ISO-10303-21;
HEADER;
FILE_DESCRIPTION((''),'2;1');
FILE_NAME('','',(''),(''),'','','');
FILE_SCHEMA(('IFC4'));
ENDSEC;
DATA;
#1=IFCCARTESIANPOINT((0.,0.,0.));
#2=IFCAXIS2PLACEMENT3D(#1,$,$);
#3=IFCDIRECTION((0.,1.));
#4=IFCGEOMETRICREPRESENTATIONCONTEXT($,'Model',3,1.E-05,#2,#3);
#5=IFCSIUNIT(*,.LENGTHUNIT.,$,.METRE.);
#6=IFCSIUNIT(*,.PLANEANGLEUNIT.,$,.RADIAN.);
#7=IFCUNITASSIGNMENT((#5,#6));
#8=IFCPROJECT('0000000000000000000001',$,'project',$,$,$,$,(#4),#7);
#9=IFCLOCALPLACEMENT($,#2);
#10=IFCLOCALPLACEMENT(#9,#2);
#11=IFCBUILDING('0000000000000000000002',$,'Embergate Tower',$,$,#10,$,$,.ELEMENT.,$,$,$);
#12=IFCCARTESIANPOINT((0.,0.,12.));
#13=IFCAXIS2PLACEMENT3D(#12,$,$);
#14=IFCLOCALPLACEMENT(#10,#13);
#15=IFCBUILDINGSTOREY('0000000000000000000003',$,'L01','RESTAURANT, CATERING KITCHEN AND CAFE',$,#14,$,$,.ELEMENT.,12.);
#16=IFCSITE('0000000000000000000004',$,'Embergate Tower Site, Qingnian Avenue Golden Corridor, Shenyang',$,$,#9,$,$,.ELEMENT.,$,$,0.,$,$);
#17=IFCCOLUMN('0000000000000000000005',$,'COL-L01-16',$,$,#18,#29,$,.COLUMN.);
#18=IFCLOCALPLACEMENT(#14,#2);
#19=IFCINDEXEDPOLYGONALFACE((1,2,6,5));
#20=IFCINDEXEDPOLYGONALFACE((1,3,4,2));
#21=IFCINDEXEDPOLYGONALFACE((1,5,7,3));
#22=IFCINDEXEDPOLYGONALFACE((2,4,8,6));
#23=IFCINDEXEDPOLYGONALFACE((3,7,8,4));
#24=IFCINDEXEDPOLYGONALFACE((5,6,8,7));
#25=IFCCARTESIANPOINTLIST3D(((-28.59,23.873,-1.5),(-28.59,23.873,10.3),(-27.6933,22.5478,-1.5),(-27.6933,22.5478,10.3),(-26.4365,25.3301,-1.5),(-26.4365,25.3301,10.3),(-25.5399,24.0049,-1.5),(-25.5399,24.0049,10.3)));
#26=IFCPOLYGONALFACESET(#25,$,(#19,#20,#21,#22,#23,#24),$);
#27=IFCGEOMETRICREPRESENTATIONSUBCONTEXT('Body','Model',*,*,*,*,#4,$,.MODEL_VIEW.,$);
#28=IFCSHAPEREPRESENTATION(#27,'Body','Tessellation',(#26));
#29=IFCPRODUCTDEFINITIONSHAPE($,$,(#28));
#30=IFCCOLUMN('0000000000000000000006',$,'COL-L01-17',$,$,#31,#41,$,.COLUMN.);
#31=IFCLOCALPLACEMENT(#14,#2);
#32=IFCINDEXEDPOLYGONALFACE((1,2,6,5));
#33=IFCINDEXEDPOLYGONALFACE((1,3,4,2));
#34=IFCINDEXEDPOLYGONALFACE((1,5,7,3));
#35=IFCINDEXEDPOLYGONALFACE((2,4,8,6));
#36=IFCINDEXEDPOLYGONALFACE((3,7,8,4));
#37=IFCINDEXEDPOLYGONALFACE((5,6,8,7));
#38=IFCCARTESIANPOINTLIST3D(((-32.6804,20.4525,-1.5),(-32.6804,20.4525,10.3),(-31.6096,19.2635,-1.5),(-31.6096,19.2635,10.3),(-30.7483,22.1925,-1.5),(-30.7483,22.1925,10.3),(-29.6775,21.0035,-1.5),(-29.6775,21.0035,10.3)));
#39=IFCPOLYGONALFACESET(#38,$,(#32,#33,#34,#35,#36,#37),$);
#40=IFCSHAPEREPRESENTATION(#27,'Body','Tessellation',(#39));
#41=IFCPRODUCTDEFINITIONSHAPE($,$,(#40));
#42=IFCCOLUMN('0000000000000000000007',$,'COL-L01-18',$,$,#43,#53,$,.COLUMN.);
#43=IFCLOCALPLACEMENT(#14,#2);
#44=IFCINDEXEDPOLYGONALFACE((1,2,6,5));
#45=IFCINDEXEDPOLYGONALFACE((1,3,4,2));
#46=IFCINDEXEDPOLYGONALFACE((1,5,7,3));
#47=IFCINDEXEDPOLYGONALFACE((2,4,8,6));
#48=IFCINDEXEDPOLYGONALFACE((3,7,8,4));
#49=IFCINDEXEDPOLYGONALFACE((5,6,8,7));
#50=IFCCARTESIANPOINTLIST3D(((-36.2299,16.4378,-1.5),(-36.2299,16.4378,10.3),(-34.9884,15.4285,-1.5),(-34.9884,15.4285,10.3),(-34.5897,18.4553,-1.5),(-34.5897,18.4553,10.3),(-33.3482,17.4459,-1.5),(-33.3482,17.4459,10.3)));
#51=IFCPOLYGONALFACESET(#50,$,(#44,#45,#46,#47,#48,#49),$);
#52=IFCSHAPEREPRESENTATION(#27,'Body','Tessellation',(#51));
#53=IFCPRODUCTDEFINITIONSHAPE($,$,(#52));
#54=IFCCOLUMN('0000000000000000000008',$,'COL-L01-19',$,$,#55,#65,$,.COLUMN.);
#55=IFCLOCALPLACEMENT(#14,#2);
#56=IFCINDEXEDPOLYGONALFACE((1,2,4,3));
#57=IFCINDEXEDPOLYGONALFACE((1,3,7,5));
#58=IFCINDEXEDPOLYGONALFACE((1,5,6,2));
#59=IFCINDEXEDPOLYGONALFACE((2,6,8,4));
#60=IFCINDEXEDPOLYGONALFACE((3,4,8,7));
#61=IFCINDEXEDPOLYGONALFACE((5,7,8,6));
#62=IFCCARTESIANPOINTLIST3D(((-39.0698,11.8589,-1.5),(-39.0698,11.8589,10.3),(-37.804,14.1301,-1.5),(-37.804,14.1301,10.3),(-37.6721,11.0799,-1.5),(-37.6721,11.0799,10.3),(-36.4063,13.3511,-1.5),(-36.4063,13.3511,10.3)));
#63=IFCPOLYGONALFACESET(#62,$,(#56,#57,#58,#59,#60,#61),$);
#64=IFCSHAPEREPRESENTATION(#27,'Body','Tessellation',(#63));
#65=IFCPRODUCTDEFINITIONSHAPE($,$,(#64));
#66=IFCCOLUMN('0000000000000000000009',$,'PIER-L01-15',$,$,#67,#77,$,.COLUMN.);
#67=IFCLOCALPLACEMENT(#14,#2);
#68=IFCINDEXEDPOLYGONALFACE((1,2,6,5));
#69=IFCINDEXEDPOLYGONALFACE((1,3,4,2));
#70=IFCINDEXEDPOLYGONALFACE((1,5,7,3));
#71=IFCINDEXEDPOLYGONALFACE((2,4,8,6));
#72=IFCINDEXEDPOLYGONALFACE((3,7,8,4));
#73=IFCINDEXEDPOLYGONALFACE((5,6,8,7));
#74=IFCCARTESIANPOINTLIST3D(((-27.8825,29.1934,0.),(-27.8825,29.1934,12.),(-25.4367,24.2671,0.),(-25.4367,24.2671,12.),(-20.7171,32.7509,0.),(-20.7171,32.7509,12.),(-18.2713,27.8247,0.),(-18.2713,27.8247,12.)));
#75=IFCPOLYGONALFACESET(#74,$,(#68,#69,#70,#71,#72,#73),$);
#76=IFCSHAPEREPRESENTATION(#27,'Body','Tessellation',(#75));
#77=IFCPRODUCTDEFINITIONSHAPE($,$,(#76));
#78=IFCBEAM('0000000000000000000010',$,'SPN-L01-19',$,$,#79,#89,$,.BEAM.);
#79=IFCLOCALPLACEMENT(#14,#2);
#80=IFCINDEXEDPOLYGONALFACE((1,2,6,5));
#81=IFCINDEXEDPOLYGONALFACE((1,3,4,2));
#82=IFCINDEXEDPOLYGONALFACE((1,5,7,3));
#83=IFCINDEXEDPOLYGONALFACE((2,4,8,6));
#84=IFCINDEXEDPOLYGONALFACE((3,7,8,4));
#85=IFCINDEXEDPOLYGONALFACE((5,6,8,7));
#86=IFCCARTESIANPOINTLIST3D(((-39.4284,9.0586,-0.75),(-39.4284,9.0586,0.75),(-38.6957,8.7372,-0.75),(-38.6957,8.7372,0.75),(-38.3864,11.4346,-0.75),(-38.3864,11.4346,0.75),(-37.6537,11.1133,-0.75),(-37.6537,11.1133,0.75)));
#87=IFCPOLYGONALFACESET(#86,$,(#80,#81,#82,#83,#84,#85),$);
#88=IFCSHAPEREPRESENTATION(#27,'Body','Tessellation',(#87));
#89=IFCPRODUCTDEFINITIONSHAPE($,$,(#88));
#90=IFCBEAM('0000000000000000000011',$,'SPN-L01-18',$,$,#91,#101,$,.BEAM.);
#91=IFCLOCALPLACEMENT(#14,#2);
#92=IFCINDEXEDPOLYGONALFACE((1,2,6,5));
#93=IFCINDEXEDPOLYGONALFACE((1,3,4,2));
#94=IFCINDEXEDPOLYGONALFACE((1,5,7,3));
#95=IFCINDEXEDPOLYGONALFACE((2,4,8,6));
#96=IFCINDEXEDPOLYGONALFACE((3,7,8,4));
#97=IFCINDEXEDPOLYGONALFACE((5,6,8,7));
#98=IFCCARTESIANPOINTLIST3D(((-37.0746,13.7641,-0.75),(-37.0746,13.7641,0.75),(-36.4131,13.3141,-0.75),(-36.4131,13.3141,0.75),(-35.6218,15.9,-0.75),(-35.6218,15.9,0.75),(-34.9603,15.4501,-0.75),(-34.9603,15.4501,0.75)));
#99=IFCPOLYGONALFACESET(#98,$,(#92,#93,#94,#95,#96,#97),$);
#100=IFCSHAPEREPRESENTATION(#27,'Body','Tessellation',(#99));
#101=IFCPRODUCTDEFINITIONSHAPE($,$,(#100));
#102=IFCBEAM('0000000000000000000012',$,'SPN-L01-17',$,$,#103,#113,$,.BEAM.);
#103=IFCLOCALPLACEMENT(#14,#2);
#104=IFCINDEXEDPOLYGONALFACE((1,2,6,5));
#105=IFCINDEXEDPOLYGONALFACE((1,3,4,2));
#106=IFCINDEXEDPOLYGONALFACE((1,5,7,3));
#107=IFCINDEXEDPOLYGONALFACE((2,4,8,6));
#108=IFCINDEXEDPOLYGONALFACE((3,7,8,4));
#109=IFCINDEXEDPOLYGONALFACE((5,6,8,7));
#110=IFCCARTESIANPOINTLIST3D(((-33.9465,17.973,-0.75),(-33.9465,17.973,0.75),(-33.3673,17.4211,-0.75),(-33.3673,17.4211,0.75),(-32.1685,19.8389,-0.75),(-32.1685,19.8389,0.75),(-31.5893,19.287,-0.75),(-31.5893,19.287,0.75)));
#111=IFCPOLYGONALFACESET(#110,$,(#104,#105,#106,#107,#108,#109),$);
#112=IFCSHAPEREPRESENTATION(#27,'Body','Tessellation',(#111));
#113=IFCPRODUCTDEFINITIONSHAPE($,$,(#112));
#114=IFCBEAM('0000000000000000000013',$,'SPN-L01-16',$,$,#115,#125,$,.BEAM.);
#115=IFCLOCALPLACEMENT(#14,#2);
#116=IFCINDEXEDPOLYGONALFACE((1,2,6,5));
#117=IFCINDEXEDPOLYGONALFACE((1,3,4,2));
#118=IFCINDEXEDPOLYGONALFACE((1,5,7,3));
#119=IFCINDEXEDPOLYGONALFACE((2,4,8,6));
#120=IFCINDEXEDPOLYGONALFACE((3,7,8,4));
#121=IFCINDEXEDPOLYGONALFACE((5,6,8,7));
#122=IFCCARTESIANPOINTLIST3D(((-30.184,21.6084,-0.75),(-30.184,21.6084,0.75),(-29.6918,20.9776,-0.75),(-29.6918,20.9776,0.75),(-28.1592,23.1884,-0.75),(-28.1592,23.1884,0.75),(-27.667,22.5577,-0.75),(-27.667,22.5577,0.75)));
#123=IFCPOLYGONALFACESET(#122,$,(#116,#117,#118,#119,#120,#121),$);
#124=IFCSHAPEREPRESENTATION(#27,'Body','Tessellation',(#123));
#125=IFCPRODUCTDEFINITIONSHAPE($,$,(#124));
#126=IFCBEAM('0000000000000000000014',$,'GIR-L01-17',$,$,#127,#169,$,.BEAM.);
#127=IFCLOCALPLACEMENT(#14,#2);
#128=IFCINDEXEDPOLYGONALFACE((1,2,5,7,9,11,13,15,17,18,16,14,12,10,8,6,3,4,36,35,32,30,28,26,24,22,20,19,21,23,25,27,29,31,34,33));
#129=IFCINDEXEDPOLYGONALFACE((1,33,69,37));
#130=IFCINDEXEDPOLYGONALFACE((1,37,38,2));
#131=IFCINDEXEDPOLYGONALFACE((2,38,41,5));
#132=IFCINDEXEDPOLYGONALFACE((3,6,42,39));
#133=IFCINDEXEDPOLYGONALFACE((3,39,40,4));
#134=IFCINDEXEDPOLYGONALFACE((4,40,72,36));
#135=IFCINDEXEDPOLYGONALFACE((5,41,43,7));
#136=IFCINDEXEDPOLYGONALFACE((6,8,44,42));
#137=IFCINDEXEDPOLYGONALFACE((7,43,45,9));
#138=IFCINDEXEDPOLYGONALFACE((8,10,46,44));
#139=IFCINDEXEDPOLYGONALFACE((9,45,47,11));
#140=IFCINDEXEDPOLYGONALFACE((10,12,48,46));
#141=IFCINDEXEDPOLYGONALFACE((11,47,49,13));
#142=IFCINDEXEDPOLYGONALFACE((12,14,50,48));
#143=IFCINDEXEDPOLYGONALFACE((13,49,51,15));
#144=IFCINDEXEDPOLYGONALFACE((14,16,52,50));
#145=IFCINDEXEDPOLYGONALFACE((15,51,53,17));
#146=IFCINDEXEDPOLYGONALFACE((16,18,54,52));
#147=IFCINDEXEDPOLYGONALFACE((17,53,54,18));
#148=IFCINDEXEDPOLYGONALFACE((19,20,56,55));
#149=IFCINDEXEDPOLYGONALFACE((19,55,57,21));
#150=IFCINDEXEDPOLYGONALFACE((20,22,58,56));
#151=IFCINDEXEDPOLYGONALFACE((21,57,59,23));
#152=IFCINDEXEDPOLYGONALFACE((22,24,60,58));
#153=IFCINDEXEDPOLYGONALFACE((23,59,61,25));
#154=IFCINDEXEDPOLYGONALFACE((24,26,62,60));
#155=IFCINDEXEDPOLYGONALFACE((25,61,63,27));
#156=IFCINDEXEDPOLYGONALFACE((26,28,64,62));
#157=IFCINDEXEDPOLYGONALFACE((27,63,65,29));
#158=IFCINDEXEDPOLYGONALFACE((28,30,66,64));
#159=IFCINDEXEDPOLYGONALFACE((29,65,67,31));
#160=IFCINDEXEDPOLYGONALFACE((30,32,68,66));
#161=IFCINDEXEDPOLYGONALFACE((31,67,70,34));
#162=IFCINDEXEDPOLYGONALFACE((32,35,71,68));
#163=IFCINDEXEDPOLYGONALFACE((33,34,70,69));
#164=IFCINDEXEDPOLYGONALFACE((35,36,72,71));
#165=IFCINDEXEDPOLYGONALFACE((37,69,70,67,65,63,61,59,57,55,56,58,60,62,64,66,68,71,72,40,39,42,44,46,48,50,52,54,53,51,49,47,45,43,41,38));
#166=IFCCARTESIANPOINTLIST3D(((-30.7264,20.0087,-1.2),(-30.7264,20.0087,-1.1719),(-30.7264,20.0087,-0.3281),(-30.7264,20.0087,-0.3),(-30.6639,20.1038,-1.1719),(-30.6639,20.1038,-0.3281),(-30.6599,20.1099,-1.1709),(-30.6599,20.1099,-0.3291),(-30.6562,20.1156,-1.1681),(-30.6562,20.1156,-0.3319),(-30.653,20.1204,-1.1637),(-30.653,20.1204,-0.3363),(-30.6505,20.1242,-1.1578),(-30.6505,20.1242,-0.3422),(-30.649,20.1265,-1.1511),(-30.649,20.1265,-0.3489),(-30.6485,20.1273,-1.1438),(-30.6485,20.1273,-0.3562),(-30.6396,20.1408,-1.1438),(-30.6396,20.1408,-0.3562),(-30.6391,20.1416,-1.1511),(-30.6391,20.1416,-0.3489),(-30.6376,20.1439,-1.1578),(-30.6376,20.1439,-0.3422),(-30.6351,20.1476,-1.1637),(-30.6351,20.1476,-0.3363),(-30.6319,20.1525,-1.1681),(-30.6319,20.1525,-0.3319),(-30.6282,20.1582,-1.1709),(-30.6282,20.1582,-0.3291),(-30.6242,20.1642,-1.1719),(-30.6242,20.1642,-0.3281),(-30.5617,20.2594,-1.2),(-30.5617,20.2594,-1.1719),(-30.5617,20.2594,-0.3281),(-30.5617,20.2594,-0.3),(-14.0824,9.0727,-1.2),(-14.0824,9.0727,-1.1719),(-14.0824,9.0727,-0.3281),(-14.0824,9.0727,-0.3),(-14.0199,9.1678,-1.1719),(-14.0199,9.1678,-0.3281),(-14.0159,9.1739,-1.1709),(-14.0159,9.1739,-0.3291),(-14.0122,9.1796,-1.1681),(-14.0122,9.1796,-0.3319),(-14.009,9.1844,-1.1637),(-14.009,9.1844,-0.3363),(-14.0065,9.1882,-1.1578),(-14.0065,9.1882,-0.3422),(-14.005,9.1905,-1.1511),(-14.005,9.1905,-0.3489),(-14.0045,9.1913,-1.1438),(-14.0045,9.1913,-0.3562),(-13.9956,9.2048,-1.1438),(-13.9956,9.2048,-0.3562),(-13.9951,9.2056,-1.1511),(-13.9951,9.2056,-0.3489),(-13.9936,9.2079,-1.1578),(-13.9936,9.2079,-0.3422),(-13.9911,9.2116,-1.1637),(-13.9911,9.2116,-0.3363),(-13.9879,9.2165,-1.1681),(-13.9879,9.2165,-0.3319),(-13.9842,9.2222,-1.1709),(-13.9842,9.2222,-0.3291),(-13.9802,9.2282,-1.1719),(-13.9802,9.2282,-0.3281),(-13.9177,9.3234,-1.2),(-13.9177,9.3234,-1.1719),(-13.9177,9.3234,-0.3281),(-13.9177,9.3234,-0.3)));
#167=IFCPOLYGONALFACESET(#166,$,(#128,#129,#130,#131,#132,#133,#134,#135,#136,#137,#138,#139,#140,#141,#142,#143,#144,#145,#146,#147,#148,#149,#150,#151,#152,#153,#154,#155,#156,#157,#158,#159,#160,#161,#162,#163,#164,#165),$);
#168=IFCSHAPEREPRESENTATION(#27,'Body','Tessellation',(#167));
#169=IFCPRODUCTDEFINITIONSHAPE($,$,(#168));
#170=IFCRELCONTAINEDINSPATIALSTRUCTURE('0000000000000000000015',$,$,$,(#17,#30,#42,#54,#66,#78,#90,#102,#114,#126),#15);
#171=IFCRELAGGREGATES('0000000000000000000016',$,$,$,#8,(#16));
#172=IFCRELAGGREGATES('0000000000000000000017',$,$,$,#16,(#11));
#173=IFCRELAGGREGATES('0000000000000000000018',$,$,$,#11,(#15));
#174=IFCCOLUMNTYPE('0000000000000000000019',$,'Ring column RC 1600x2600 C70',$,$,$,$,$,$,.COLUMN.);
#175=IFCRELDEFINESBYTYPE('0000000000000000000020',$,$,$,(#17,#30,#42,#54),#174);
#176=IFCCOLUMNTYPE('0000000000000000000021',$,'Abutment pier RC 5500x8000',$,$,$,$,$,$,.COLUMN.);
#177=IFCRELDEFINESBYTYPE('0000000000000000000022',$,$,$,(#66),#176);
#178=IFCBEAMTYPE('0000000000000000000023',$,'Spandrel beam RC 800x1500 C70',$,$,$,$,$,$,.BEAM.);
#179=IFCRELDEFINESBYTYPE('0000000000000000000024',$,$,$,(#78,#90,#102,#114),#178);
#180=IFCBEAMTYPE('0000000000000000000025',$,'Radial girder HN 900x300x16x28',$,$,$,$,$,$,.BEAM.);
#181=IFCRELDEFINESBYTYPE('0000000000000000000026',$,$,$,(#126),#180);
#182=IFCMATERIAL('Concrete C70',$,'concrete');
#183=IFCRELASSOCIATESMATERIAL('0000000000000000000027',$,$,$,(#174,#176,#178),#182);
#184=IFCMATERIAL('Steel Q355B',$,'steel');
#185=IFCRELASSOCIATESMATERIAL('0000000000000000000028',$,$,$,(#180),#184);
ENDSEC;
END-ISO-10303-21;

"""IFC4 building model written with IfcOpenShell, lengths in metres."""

from ifc_helpers import new_model, si_unit, direction, frame, origin, origin_2d, place, context, subcontext, project, spatial, rectangle, i_section, extrude, source, transform, mapped, material, material_profile, profile_set, type_object, element, save


model = new_model("IFC4")

# Units and contexts
model_context = context("Model", 3, precision=1e-05, world=origin(), true_north=direction((0.0, 1.0)))
body_context = subcontext(model_context, "Body", "Model", "MODEL_VIEW")
ifc_project = project(units=[si_unit("LENGTHUNIT", "METRE"), si_unit("PLANEANGLEUNIT", "RADIAN")], contexts=[model_context])

# Site, building, storey
site_placement = place(None, origin())
site = spatial("IfcSite", under=ifc_project, at=site_placement, Name="Embergate Tower Site, Qingnian Avenue Golden Corridor, Shenyang", CompositionType="ELEMENT", RefElevation=0.0)
building_placement = place(site_placement, origin())
building = spatial("IfcBuilding", under=site, at=building_placement, Name="Embergate Tower", CompositionType="ELEMENT")
storey_placement = place(building_placement, frame((0.0, 0.0, 12.0)))
storey = spatial("IfcBuildingStorey", under=building, at=storey_placement, Name="L01", Description="RESTAURANT, CATERING KITCHEN AND CAFE", CompositionType="ELEMENT", Elevation=12.0)

# Columns
ifc_material_1 = material(Name="Concrete C70", Category="concrete")
ifc_material_profile_1 = material_profile(ifc_material_1, rectangle(XDim=1.6001, YDim=2.6001, at=origin_2d()), Name="RC 1600x2600")
ifc_profile_set_1 = profile_set([ifc_material_profile_1], Name="Concrete C70")
column_type_1 = type_object("IfcColumnType", Name="Ring column RC 1600x2600 C70", PredefinedType="COLUMN", material=ifc_profile_set_1)
shared_shape_1 = source(origin(), body_context, "Body", "SweptSolid", [
    extrude(rectangle(XDim=1.6001, YDim=2.6001, at=origin_2d()), origin(), (0.0, 0.0, 1.0), 11.8),
])
for number, where, z_axis, x_axis, name in (
    (1, (-27.0649, 23.939, -1.5), (0.0, 0.0, 1.0), (-0.560393, 0.828227, 0.0), "COL-L01-16"),
    (2, (-31.179, 20.728, -1.5), (0.0, 0.0, 1.0), (-0.669208, 0.743075, 0.0), "COL-L01-17"),
    (3, (-34.7891, 16.9419, -1.5), (0.0, 0.0, 1.0), (-0.775925, 0.630825, 0.0), "COL-L01-18"),
    (4, (-37.738, 12.605, -1.5), (0.0, 0.0, 1.0), (-0.873492, 0.486839, 0.0), "COL-L01-19"),
):
    element("IfcColumn", number, at=place(storey_placement, frame(where, z_axis=z_axis, x_axis=x_axis)), inside=storey, type_object=column_type_1, Name=name, PredefinedType="COLUMN", context=body_context, shape_type="MappedRepresentation", body=[
        mapped(shared_shape_1, transform((0.0, 0.0, 0.0))),
    ])
ifc_material_profile_2 = material_profile(ifc_material_1, rectangle(XDim=5.5, YDim=8.0, at=origin_2d()), Name="RC 5500x8000")
ifc_profile_set_2 = profile_set([ifc_material_profile_2], Name="Concrete C70")
column_type_2 = type_object("IfcColumnType", Name="Abutment pier RC 5500x8000", PredefinedType="COLUMN", material=ifc_profile_set_2)
shared_shape_2 = source(origin(), body_context, "Body", "SweptSolid", [
    extrude(rectangle(XDim=5.5, YDim=8.0, at=origin_2d()), origin(), (0.0, 0.0, 1.0), 12.0),
])
column_placement = place(storey_placement, frame((-23.0769, 28.509, 0.0), z_axis=(0.0, 0.0, 1.0), x_axis=(-0.444698, 0.895681, 0.0)))
element("IfcColumn", 5, at=column_placement, inside=storey, type_object=column_type_2, Name="PIER-L01-15", PredefinedType="COLUMN", context=body_context, shape_type="MappedRepresentation", body=[
    mapped(shared_shape_2, transform((0.0, 0.0, 0.0))),
])

# Beams
ifc_material_profile_3 = material_profile(ifc_material_1, rectangle(XDim=0.8, YDim=1.5, at=origin_2d()), Name="RC 800x1500")
ifc_profile_set_3 = profile_set([ifc_material_profile_3], Name="Concrete C70")
beam_type_1 = type_object("IfcBeamType", Name="Spandrel beam RC 800x1500 C70", PredefinedType="BEAM", material=ifc_profile_set_3)
shared_shape_3 = source(origin(), body_context, "Body", "SweptSolid", [
    extrude(rectangle(XDim=0.8, YDim=1.5, at=origin_2d()), origin(), (0.0, 0.0, 1.0), 2.5945),
])
beam_1_placement = place(storey_placement, frame((-38.02, 11.2739, 0.0), z_axis=(-0.401628, -0.915803, 0.0), x_axis=(0.915803, -0.401628, 0.0)))
element("IfcBeam", 6, at=beam_1_placement, inside=storey, type_object=beam_type_1, Name="SPN-L01-19", PredefinedType="BEAM", context=body_context, shape_type="MappedRepresentation", body=[
    mapped(shared_shape_3, transform((0.0, 0.0, 0.0))),
])
shared_shape_4 = source(origin(), body_context, "Body", "SweptSolid", [
    extrude(rectangle(XDim=0.8, YDim=1.5, at=origin_2d()), origin(), (0.0, 0.0, 1.0), 2.5833),
])
beam_2_placement = place(storey_placement, frame((-35.291, 15.675, 0.0), z_axis=(-0.562419, -0.826853, 0.0), x_axis=(0.826853, -0.562419, 0.0)))
element("IfcBeam", 7, at=beam_2_placement, inside=storey, type_object=beam_type_1, Name="SPN-L01-18", PredefinedType="BEAM", context=body_context, shape_type="MappedRepresentation", body=[
    mapped(shared_shape_4, transform((0.0, 0.0, 0.0))),
])
shared_shape_5 = source(origin(), body_context, "Body", "SweptSolid", [
    extrude(rectangle(XDim=0.8, YDim=1.5, at=origin_2d()), origin(), (0.0, 0.0, 1.0), 2.5774),
])
beam_3_placement = place(storey_placement, frame((-31.8789, 19.563, 0.0), z_axis=(-0.689851, -0.723951, 0.0), x_axis=(0.723951, -0.689851, 0.0)))
element("IfcBeam", 8, at=beam_3_placement, inside=storey, type_object=beam_type_1, Name="SPN-L01-17", PredefinedType="BEAM", context=body_context, shape_type="MappedRepresentation", body=[
    mapped(shared_shape_5, transform((0.0, 0.0, 0.0))),
])
shared_shape_6 = source(origin(), body_context, "Body", "SweptSolid", [
    extrude(rectangle(XDim=0.8, YDim=1.5, at=origin_2d()), origin(), (0.0, 0.0, 1.0), 2.5684),
])
beam_4_placement = place(storey_placement, frame((-27.9131, 22.873, 0.0), z_axis=(-0.788379, -0.61519, 0.0), x_axis=(0.61519, -0.788379, 0.0)))
element("IfcBeam", 9, at=beam_4_placement, inside=storey, type_object=beam_type_1, Name="SPN-L01-16", PredefinedType="BEAM", context=body_context, shape_type="MappedRepresentation", body=[
    mapped(shared_shape_6, transform((0.0, 0.0, 0.0))),
])
ifc_material_2 = material(Name="Steel Q355B", Category="steel")
ifc_material_profile_4 = material_profile(ifc_material_2, i_section(OverallWidth=0.3, OverallDepth=0.8999, WebThickness=0.0161, FlangeThickness=0.0281, FilletRadius=0.0281, at=origin_2d()), Name="HN 900x300x16x28")
ifc_profile_set_4 = profile_set([ifc_material_profile_4], Name="Steel Q355 grade B")
beam_type_2 = type_object("IfcBeamType", Name="Radial girder HN 900x300x16x28", PredefinedType="BEAM", material=ifc_profile_set_4)
shared_shape_7 = source(origin(), body_context, "Body", "SweptSolid", [
    extrude(i_section(OverallWidth=0.3, OverallDepth=0.8999, WebThickness=0.0161, FlangeThickness=0.0281, FilletRadius=0.0281, at=origin_2d()), origin(), (0.0, 0.0, 1.0), 19.9153),
])
beam_5_placement = place(storey_placement, frame((-30.644, 20.134, -0.75), z_axis=(0.83574, -0.549126, 0.0), x_axis=(0.549126, 0.83574, 0.0)))
element("IfcBeam", 10, at=beam_5_placement, inside=storey, type_object=beam_type_2, Name="GIR-L01-17", PredefinedType="BEAM", context=body_context, shape_type="MappedRepresentation", body=[
    mapped(shared_shape_7, transform((0.0, 0.0, 0.0))),
])

save(model, "model.ifc")
